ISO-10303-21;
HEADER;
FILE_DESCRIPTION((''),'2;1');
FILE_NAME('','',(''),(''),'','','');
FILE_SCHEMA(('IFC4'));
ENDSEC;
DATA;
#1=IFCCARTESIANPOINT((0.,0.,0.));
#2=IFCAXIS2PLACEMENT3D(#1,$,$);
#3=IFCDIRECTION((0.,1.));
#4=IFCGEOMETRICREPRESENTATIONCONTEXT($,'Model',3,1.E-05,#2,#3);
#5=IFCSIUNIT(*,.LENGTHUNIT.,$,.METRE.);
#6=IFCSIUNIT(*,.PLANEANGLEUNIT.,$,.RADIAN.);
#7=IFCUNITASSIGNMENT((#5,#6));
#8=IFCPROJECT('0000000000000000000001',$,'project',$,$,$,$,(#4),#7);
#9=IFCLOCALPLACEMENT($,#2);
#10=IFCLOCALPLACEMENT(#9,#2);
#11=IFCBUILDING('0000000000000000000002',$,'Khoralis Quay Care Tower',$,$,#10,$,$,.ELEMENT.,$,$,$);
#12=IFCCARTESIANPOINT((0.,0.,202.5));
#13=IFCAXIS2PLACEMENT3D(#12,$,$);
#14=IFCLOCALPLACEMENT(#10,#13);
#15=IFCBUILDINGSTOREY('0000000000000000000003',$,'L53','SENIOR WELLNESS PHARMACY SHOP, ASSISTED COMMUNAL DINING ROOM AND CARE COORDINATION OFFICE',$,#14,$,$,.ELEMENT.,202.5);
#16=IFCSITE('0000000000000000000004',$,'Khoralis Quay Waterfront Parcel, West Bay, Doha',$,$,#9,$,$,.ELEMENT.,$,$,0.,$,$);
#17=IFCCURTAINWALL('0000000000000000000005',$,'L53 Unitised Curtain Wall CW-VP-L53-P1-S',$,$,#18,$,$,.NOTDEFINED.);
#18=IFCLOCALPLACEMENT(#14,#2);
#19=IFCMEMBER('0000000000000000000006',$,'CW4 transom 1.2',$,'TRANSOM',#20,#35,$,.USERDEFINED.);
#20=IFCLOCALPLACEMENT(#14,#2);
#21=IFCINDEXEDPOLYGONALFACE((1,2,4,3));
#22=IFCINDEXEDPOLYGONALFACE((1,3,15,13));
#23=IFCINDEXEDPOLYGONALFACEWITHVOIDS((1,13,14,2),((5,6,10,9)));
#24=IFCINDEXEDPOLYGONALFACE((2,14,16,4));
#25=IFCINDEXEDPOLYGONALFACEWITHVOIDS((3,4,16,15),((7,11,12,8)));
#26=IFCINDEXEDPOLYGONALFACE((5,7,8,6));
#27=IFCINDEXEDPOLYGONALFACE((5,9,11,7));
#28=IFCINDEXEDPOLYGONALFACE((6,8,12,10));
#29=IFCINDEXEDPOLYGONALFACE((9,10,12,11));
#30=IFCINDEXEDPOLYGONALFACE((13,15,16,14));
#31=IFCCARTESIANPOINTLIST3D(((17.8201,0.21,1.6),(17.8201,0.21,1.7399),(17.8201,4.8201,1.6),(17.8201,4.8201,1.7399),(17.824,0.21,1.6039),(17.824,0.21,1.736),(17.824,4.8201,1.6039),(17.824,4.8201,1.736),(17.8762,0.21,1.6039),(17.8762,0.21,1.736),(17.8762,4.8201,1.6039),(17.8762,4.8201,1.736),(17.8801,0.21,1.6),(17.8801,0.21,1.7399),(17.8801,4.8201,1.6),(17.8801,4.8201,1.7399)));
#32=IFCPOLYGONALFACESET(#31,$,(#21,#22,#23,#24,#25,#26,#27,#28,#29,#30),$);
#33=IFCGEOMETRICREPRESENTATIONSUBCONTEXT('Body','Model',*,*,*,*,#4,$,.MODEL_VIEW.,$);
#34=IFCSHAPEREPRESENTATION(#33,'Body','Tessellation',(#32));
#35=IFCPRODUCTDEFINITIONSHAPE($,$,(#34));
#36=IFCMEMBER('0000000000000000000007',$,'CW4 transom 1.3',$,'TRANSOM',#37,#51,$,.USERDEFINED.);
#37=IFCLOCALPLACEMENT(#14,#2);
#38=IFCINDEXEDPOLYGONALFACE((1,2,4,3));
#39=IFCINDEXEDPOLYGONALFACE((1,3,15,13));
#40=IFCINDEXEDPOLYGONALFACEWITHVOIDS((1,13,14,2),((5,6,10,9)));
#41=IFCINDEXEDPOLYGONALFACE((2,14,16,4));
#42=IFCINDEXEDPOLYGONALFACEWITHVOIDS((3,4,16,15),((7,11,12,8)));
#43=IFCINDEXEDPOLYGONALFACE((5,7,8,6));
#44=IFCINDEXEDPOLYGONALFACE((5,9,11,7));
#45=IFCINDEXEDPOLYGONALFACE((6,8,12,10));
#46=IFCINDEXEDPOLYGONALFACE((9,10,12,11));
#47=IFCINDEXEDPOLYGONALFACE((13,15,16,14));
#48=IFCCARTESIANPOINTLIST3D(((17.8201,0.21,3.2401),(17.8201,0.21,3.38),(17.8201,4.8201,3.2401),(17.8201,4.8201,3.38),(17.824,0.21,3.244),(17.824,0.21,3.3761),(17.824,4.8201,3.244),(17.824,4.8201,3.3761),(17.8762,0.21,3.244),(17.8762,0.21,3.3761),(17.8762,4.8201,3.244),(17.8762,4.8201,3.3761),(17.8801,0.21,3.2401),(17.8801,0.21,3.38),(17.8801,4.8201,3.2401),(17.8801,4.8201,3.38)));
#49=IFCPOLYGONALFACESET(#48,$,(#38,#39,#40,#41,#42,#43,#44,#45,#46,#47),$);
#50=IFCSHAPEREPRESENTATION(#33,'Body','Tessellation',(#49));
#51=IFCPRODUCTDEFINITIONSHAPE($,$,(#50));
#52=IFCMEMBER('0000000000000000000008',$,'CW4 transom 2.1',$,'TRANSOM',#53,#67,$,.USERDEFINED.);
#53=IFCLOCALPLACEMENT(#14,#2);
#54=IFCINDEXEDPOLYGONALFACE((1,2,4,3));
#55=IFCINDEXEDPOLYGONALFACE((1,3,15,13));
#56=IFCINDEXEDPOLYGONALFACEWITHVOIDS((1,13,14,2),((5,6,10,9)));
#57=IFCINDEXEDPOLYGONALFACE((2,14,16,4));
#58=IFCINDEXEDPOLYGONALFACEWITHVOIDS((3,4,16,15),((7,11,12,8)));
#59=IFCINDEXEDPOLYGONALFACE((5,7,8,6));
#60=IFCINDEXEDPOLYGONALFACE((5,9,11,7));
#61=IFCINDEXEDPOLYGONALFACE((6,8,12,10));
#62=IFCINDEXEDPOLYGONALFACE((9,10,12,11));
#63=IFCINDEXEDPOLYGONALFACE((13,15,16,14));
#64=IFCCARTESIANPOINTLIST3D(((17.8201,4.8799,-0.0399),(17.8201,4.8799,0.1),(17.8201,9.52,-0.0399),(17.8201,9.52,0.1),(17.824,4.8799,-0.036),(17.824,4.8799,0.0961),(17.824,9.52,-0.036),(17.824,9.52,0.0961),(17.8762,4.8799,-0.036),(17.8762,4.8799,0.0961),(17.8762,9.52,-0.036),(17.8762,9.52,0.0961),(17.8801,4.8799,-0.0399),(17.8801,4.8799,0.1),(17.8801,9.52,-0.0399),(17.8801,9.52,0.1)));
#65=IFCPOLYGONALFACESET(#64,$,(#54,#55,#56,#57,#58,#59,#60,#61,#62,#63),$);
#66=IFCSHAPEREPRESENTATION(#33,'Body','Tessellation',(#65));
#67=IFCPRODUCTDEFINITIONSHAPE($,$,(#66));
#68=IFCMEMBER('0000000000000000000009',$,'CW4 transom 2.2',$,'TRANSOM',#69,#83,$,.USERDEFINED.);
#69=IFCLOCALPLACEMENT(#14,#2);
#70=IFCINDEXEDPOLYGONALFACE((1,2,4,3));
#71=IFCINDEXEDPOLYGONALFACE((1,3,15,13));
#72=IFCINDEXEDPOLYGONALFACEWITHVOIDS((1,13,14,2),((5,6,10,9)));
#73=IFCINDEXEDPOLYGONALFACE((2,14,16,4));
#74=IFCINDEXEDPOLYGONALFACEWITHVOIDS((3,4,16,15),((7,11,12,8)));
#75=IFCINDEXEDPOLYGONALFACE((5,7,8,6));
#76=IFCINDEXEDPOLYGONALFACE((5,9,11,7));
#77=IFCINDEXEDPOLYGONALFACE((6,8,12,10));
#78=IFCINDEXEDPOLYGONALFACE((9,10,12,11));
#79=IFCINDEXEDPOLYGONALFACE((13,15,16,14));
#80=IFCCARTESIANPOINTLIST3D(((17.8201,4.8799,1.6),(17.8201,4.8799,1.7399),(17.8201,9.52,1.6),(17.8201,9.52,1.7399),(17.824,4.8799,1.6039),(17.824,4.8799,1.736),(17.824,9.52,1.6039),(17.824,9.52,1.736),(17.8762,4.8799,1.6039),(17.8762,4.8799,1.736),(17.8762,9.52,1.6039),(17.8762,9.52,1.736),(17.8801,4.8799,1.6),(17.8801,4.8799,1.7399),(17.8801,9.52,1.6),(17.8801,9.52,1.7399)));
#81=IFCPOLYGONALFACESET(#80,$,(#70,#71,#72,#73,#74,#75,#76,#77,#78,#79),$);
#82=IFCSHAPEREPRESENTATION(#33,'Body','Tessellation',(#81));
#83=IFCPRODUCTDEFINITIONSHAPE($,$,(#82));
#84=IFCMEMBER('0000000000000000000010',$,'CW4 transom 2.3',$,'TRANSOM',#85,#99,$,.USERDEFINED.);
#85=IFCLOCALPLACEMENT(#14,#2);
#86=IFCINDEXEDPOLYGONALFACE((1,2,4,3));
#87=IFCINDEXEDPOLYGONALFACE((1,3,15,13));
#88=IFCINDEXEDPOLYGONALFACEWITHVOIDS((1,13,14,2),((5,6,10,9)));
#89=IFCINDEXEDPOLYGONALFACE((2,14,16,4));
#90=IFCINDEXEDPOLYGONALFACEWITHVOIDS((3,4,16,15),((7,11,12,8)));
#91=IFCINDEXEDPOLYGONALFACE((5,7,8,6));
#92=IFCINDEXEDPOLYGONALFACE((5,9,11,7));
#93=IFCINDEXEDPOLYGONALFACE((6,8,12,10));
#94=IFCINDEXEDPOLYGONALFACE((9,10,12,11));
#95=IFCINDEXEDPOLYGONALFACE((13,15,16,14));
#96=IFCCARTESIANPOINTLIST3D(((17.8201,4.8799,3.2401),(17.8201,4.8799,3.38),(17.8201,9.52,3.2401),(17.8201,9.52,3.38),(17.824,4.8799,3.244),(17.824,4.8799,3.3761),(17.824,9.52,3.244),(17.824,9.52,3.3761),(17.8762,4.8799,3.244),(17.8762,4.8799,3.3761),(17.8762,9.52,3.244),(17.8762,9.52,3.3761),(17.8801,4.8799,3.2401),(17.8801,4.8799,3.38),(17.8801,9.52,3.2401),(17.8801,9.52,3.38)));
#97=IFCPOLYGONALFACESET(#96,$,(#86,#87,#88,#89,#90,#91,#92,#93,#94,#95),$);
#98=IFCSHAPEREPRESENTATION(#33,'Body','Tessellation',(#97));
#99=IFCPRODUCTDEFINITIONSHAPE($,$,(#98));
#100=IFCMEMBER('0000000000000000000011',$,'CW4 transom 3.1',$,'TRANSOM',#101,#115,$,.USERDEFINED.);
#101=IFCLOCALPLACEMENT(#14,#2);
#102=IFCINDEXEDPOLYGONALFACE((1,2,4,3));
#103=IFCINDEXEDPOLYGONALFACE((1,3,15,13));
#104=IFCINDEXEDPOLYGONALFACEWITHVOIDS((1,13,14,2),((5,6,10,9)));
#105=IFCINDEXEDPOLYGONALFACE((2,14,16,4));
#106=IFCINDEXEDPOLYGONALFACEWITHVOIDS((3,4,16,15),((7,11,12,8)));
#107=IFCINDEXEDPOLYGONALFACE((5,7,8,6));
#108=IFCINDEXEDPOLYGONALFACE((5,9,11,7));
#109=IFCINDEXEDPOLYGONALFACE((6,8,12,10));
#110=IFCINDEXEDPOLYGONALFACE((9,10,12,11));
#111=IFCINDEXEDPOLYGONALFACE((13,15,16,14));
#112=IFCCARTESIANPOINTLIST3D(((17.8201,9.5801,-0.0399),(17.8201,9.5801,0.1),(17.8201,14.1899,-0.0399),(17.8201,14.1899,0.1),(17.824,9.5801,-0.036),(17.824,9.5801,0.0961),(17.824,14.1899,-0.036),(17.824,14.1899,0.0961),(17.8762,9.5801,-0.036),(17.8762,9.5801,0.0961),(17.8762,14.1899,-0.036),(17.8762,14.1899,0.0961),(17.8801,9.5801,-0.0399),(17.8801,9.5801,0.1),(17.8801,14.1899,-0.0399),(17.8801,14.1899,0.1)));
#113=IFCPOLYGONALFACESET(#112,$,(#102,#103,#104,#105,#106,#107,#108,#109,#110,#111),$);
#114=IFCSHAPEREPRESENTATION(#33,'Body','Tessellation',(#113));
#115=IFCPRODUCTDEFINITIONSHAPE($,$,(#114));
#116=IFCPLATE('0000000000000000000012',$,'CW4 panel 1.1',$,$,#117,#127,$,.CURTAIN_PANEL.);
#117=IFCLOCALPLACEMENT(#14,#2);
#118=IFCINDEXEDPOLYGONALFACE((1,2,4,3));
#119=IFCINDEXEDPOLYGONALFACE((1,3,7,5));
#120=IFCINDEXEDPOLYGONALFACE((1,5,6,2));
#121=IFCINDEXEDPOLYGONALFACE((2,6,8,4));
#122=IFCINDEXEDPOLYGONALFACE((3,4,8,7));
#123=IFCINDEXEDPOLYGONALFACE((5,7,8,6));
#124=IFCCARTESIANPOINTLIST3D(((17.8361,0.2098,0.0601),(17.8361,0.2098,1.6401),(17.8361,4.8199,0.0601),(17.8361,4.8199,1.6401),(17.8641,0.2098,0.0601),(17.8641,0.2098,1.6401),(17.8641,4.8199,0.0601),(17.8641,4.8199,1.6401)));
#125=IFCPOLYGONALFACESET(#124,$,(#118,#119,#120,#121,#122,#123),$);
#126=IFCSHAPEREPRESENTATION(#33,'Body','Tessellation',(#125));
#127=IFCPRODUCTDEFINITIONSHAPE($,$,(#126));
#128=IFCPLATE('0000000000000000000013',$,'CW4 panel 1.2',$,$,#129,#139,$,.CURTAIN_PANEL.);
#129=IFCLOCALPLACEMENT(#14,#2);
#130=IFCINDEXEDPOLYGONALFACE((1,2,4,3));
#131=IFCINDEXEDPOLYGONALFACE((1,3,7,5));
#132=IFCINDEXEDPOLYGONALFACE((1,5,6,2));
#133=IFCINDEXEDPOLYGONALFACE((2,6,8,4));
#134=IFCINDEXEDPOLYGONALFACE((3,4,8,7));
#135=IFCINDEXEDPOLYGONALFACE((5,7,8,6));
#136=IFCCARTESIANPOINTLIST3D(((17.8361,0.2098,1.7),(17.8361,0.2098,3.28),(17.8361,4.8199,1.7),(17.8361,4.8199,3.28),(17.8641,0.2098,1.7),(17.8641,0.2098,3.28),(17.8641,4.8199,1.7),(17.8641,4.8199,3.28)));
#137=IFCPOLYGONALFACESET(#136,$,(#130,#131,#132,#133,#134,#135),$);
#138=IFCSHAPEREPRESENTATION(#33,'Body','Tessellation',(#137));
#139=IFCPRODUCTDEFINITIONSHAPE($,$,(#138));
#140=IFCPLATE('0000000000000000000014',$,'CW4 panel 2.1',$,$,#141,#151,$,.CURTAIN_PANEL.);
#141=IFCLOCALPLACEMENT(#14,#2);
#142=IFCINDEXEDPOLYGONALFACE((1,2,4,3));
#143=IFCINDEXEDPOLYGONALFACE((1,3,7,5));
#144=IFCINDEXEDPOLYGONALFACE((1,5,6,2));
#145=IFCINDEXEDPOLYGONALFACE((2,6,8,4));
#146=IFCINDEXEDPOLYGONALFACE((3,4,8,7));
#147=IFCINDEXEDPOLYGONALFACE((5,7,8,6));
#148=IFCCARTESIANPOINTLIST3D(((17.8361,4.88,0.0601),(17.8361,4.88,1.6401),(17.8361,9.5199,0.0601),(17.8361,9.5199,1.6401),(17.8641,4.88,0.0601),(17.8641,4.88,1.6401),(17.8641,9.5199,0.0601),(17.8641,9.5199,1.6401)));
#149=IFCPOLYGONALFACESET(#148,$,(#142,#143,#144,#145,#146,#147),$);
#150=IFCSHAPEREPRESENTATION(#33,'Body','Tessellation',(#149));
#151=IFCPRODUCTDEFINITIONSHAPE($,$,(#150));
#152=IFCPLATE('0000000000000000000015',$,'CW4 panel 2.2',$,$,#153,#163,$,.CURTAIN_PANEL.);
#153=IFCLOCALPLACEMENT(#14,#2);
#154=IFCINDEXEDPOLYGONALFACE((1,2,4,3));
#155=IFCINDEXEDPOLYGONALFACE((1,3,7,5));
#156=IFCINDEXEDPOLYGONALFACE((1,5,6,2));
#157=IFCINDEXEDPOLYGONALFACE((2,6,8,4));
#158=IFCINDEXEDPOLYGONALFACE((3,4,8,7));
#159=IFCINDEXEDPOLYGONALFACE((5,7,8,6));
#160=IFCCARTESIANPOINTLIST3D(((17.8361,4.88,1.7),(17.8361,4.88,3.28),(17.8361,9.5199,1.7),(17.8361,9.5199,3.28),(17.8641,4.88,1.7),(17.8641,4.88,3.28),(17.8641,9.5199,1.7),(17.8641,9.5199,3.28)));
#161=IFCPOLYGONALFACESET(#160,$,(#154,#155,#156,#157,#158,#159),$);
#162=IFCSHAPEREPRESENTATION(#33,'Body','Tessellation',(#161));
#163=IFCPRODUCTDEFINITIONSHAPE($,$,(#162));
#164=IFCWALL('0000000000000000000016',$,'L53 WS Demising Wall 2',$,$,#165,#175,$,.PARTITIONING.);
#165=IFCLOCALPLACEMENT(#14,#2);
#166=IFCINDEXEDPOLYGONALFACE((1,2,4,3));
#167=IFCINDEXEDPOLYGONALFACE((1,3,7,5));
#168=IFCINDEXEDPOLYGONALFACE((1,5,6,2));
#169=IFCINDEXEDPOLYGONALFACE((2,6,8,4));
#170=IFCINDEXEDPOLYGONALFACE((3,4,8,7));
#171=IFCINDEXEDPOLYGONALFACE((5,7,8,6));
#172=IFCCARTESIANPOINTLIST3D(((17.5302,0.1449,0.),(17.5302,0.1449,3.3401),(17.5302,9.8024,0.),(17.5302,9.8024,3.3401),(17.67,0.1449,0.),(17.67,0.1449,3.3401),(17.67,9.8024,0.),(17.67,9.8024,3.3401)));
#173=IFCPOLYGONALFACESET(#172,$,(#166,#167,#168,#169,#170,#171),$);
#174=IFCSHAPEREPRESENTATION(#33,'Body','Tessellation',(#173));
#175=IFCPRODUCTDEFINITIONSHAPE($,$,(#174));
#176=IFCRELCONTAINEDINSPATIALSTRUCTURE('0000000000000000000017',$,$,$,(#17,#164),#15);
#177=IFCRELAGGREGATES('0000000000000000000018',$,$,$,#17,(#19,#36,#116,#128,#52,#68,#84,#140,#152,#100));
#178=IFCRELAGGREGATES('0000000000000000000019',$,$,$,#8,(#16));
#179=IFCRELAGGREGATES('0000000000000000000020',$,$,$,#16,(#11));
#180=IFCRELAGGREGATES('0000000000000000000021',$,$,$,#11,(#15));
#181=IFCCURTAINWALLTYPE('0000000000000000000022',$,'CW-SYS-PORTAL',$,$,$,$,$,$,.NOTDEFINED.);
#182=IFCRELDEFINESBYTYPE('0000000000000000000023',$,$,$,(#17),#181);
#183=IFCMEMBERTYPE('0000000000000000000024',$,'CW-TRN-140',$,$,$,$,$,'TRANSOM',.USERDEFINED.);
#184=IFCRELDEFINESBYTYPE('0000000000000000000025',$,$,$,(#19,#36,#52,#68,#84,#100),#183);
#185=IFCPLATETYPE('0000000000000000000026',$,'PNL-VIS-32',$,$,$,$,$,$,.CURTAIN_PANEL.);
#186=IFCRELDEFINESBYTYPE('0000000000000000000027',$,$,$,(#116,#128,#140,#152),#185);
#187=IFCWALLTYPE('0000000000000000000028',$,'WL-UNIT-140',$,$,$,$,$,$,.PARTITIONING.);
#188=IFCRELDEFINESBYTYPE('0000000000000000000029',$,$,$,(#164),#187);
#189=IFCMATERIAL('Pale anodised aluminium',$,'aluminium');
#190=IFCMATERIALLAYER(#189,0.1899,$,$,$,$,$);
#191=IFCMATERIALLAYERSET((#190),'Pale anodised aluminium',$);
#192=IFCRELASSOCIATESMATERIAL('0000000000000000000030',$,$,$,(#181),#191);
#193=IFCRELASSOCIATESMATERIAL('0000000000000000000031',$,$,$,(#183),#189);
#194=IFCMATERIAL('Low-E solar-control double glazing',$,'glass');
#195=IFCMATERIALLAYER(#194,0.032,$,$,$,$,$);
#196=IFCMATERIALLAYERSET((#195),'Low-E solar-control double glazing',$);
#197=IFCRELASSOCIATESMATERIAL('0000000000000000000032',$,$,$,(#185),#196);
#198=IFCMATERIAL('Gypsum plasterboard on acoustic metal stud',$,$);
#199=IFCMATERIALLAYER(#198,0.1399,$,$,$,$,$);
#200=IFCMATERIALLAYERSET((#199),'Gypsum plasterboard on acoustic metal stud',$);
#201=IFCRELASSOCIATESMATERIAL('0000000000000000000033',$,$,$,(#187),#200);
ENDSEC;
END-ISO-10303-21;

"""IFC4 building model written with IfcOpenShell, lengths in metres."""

from ifc_helpers import new_model, si_unit, direction, frame, frame_2d, origin, origin_2d, place, context, subcontext, project, spatial, rectangle, hollow_rectangle, extrude, source, transform, mapped, material, layer, layer_set, material_profile, profile_set, type_object, element, aggregate, save


model = new_model("IFC4")

# Units and contexts
model_context = context("Model", 3, precision=1e-05, world=origin(), true_north=direction((0.0, 1.0)))
body_context = subcontext(model_context, "Body", "Model", "MODEL_VIEW")
ifc_project = project(units=[si_unit("LENGTHUNIT", "METRE"), si_unit("PLANEANGLEUNIT", "RADIAN")], contexts=[model_context])

# Site, building, storey
site_placement = place(None, origin())
site = spatial("IfcSite", under=ifc_project, at=site_placement, Name="Khoralis Quay Waterfront Parcel, West Bay, Doha", CompositionType="ELEMENT", RefElevation=0.0)
building_placement = place(site_placement, origin())
building = spatial("IfcBuilding", under=site, at=building_placement, Name="Khoralis Quay Care Tower", CompositionType="ELEMENT")
storey_placement = place(building_placement, frame((0.0, 0.0, 202.5)))
storey = spatial("IfcBuildingStorey", under=building, at=storey_placement, Name="L53", Description="SENIOR WELLNESS PHARMACY SHOP, ASSISTED COMMUNAL DINING ROOM AND CARE COORDINATION OFFICE", CompositionType="ELEMENT", Elevation=202.5)

# Curtain wall, members, plates
ifc_material_1 = material(Name="Pale anodised aluminium", Category="aluminium")
ifc_layer_1 = layer(ifc_material_1, 0.1899)
ifc_layer_set_1 = layer_set([ifc_layer_1], Name="Pale anodised aluminium")
curtain_wall_type = type_object("IfcCurtainWallType", Name="CW-SYS-PORTAL", PredefinedType="NOTDEFINED", material=ifc_layer_set_1)
curtain_wall_placement = place(storey_placement, origin())
curtain_wall = element("IfcCurtainWall", 1, at=curtain_wall_placement, inside=storey, type_object=curtain_wall_type, Name="L53 Unitised Curtain Wall CW-VP-L53-P1-S", PredefinedType="NOTDEFINED")
ifc_material_profile_1 = material_profile(ifc_material_1, hollow_rectangle(XDim=0.0601, YDim=0.1399, WallThickness=0.0039, at=origin_2d()), Name="Pale anodised aluminium")
ifc_profile_set_1 = profile_set([ifc_material_profile_1], Name="Pale anodised aluminium")
member_type_1 = type_object("IfcMemberType", Name="CW-TRN-140", ElementType="TRANSOM", PredefinedType="USERDEFINED", material=ifc_profile_set_1)
shared_shape_1 = source(origin(), body_context, "Body", "SweptSolid", [
    extrude(hollow_rectangle(XDim=0.0601, YDim=0.1399, WallThickness=0.0039, at=origin_2d()), origin(), (0.0, 0.0, 1.0), 4.6101),
])
member_1_placement = place(storey_placement, frame((17.8501, 0.21, 1.6699), z_axis=(0.0, 1.0, 0.0), x_axis=(-1.0, 0.0, 0.0)))
member_1 = element("IfcMember", 2, at=member_1_placement, type_object=member_type_1, Name="CW4 transom 1.2", ObjectType="TRANSOM", PredefinedType="USERDEFINED", context=body_context, shape_type="MappedRepresentation", body=[
    mapped(shared_shape_1, transform((0.0, 0.0, 0.0), scale=1.0)),
])
member_2_placement = place(storey_placement, frame((17.8501, 0.21, 3.3101), z_axis=(0.0, 1.0, 0.0), x_axis=(-1.0, 0.0, 0.0)))
member_2 = element("IfcMember", 3, at=member_2_placement, type_object=member_type_1, Name="CW4 transom 1.3", ObjectType="TRANSOM", PredefinedType="USERDEFINED", context=body_context, shape_type="MappedRepresentation", body=[
    mapped(shared_shape_1, transform((0.0, 0.0, 0.0), scale=1.0)),
])
shared_shape_2 = source(origin(), body_context, "Body", "SweptSolid", [
    extrude(hollow_rectangle(XDim=0.0601, YDim=0.1399, WallThickness=0.0039, at=origin_2d()), origin(), (0.0, 0.0, 1.0), 4.6401),
])
member_3_placement = place(storey_placement, frame((17.8501, 4.8799, 0.03), z_axis=(0.0, 1.0, 0.0), x_axis=(-1.0, 0.0, 0.0)))
member_3 = element("IfcMember", 4, at=member_3_placement, type_object=member_type_1, Name="CW4 transom 2.1", ObjectType="TRANSOM", PredefinedType="USERDEFINED", context=body_context, shape_type="MappedRepresentation", body=[
    mapped(shared_shape_2, transform((0.0, 0.0, 0.0), scale=1.0)),
])
member_4_placement = place(storey_placement, frame((17.8501, 4.8799, 1.6699), z_axis=(0.0, 1.0, 0.0), x_axis=(-1.0, 0.0, 0.0)))
member_4 = element("IfcMember", 5, at=member_4_placement, type_object=member_type_1, Name="CW4 transom 2.2", ObjectType="TRANSOM", PredefinedType="USERDEFINED", context=body_context, shape_type="MappedRepresentation", body=[
    mapped(shared_shape_2, transform((0.0, 0.0, 0.0), scale=1.0)),
])
member_5_placement = place(storey_placement, frame((17.8501, 4.8799, 3.3101), z_axis=(0.0, 1.0, 0.0), x_axis=(-1.0, 0.0, 0.0)))
member_5 = element("IfcMember", 6, at=member_5_placement, type_object=member_type_1, Name="CW4 transom 2.3", ObjectType="TRANSOM", PredefinedType="USERDEFINED", context=body_context, shape_type="MappedRepresentation", body=[
    mapped(shared_shape_2, transform((0.0, 0.0, 0.0), scale=1.0)),
])
shared_shape_3 = source(origin(), body_context, "Body", "SweptSolid", [
    extrude(hollow_rectangle(XDim=0.0601, YDim=0.1399, WallThickness=0.0039, at=origin_2d()), origin(), (0.0, 0.0, 1.0), 4.6099),
])
member_6_placement = place(storey_placement, frame((17.8501, 9.5801, 0.03), z_axis=(0.0, 1.0, 0.0), x_axis=(-1.0, 0.0, 0.0)))
member_6 = element("IfcMember", 7, at=member_6_placement, type_object=member_type_1, Name="CW4 transom 3.1", ObjectType="TRANSOM", PredefinedType="USERDEFINED", context=body_context, shape_type="MappedRepresentation", body=[
    mapped(shared_shape_3, transform((0.0, 0.0, 0.0), scale=1.0)),
])
ifc_material_2 = material(Name="Low-E solar-control double glazing", Category="glass")
ifc_layer_2 = layer(ifc_material_2, 0.032)
ifc_layer_set_2 = layer_set([ifc_layer_2], Name="Low-E solar-control double glazing")
plate_type = type_object("IfcPlateType", Name="PNL-VIS-32", PredefinedType="CURTAIN_PANEL", material=ifc_layer_set_2)
shared_shape_4 = source(origin(), body_context, "Body", "SweptSolid", [
    extrude(rectangle(XDim=4.6101, YDim=0.0281, at=origin_2d()), origin(), (0.0, 0.0, 1.0), 1.5801),
])
plate_1_placement = place(storey_placement, frame((17.8501, 2.5149, 0.0601), z_axis=(0.0, 0.0, 1.0), x_axis=(0.0, 1.0, 0.0)))
plate_1 = element("IfcPlate", 8, at=plate_1_placement, type_object=plate_type, Name="CW4 panel 1.1", PredefinedType="CURTAIN_PANEL", context=body_context, shape_type="MappedRepresentation", body=[
    mapped(shared_shape_4, transform((0.0, 0.0, 0.0), scale=1.0)),
])
plate_2_placement = place(storey_placement, frame((17.8501, 2.5149, 1.7), z_axis=(0.0, 0.0, 1.0), x_axis=(0.0, 1.0, 0.0)))
plate_2 = element("IfcPlate", 9, at=plate_2_placement, type_object=plate_type, Name="CW4 panel 1.2", PredefinedType="CURTAIN_PANEL", context=body_context, shape_type="MappedRepresentation", body=[
    mapped(shared_shape_4, transform((0.0, 0.0, 0.0), scale=1.0)),
])
shared_shape_5 = source(origin(), body_context, "Body", "SweptSolid", [
    extrude(rectangle(XDim=4.6399, YDim=0.0281, at=origin_2d()), origin(), (0.0, 0.0, 1.0), 1.5801),
])
plate_3_placement = place(storey_placement, frame((17.8501, 7.2, 0.0601), z_axis=(0.0, 0.0, 1.0), x_axis=(0.0, 1.0, 0.0)))
plate_3 = element("IfcPlate", 10, at=plate_3_placement, type_object=plate_type, Name="CW4 panel 2.1", PredefinedType="CURTAIN_PANEL", context=body_context, shape_type="MappedRepresentation", body=[
    mapped(shared_shape_5, transform((0.0, 0.0, 0.0), scale=1.0)),
])
plate_4_placement = place(storey_placement, frame((17.8501, 7.2, 1.7), z_axis=(0.0, 0.0, 1.0), x_axis=(0.0, 1.0, 0.0)))
plate_4 = element("IfcPlate", 11, at=plate_4_placement, type_object=plate_type, Name="CW4 panel 2.2", PredefinedType="CURTAIN_PANEL", context=body_context, shape_type="MappedRepresentation", body=[
    mapped(shared_shape_5, transform((0.0, 0.0, 0.0), scale=1.0)),
])
aggregate(curtain_wall, [member_1, member_2, plate_1, plate_2, member_3, member_4, member_5, plate_3, plate_4, member_6])

# Wall
ifc_material_3 = material(Name="Gypsum plasterboard on acoustic metal stud")
ifc_layer_3 = layer(ifc_material_3, 0.1399)
ifc_layer_set_3 = layer_set([ifc_layer_3], Name="Gypsum plasterboard on acoustic metal stud")
wall_type = type_object("IfcWallType", Name="WL-UNIT-140", PredefinedType="PARTITIONING", material=ifc_layer_set_3)
wall_placement = place(storey_placement, frame((17.6001, 0.145, 0.0), z_axis=(0.0, 0.0, 1.0), x_axis=(0.0, 1.0, 0.0)))
element("IfcWall", 12, at=wall_placement, inside=storey, type_object=wall_type, Name="L53 WS Demising Wall 2", PredefinedType="PARTITIONING", context=body_context, shape_type="SweptSolid", body=[
    extrude(rectangle(XDim=9.6575, YDim=0.1399, at=frame_2d((4.8286, 0.0))), origin(), (0.0, 0.0, 1.0), 3.3401),
])

save(model, "model.ifc")
